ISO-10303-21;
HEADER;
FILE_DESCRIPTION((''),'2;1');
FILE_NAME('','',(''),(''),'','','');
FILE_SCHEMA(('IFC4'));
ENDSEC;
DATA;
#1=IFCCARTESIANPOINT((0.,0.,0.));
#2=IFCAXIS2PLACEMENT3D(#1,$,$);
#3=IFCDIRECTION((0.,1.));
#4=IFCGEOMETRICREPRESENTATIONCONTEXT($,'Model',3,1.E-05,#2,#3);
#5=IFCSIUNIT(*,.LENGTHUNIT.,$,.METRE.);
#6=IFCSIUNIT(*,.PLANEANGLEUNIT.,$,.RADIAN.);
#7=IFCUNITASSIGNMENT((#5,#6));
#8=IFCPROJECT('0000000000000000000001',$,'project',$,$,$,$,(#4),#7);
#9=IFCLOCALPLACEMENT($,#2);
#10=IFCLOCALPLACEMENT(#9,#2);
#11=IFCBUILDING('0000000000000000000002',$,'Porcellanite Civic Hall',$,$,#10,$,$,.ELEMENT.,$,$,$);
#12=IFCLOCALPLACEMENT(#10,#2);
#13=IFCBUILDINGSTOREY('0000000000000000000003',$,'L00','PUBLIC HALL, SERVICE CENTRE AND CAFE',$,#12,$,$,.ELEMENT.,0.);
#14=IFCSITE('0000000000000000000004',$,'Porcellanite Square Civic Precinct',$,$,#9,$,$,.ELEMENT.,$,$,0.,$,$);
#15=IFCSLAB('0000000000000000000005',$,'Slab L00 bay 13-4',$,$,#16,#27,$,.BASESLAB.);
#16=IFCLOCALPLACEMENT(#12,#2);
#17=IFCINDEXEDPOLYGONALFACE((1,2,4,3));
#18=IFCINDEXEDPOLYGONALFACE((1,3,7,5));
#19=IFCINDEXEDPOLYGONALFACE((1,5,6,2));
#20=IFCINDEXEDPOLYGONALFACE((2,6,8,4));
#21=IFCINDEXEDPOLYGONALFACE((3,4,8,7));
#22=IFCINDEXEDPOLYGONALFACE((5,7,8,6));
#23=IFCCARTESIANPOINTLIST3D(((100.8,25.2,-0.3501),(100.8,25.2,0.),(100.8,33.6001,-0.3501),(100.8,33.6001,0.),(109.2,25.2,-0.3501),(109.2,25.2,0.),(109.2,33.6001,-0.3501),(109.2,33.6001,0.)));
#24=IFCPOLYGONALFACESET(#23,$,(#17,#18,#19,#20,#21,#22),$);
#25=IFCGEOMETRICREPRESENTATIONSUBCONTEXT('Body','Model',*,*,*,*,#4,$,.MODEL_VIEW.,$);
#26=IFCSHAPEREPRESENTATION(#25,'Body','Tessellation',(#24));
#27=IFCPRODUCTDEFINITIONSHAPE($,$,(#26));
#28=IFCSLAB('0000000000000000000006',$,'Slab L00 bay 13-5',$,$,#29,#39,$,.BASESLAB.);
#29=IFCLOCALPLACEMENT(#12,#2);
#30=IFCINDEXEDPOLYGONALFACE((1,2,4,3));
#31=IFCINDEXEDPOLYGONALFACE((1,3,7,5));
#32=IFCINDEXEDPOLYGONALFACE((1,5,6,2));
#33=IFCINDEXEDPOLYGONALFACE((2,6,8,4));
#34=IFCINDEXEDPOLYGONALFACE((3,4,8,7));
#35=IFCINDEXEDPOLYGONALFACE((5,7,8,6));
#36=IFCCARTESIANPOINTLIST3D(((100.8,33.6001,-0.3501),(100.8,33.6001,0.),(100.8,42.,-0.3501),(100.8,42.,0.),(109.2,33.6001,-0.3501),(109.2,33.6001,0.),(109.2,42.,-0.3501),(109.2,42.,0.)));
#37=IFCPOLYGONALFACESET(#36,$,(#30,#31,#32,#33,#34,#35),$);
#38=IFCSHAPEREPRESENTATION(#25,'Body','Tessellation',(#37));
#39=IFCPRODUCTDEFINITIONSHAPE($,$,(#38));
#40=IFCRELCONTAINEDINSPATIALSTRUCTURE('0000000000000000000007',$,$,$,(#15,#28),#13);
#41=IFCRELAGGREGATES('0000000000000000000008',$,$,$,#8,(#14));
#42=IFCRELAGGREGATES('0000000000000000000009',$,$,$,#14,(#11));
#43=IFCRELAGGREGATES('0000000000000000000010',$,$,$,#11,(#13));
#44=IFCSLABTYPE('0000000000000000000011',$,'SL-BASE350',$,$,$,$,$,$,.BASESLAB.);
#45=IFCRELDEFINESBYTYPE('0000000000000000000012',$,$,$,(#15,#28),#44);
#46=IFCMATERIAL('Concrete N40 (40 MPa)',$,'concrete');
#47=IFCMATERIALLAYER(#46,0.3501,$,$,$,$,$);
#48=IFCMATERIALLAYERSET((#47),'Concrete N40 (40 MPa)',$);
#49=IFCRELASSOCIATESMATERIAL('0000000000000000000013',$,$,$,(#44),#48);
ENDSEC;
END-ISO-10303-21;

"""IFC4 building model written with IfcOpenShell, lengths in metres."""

from ifc_helpers import new_model, si_unit, direction, frame, origin, place, context, subcontext, project, spatial, polyline, outline, extrude, material, layer, layer_set, type_object, element, save


model = new_model("IFC4")

# Units and contexts
model_context = context("Model", 3, precision=1e-05, world=origin(), true_north=direction((0.0, 1.0)))
body_context = subcontext(model_context, "Body", "Model", "MODEL_VIEW")
ifc_project = project(units=[si_unit("LENGTHUNIT", "METRE"), si_unit("PLANEANGLEUNIT", "RADIAN")], contexts=[model_context])

# Site, building, storey
site_placement = place(None, origin())
site = spatial("IfcSite", under=ifc_project, at=site_placement, Name="Porcellanite Square Civic Precinct", CompositionType="ELEMENT", RefElevation=0.0)
building_placement = place(site_placement, origin())
building = spatial("IfcBuilding", under=site, at=building_placement, Name="Porcellanite Civic Hall", CompositionType="ELEMENT")
storey_placement = place(building_placement, origin())
storey = spatial("IfcBuildingStorey", under=building, at=storey_placement, Name="L00", Description="PUBLIC HALL, SERVICE CENTRE AND CAFE", CompositionType="ELEMENT", Elevation=0.0)

# Slabs
ifc_material = material(Name="Concrete N40 (40 MPa)", Category="concrete")
ifc_layer = layer(ifc_material, 0.3501)
ifc_layer_set = layer_set([ifc_layer], Name="Concrete N40 (40 MPa)")
slab_type = type_object("IfcSlabType", Name="SL-BASE350", PredefinedType="BASESLAB", material=ifc_layer_set)
slab_1_placement = place(storey_placement, frame((0.0, 0.0, -0.3501)))
element("IfcSlab", 1, at=slab_1_placement, inside=storey, type_object=slab_type, Name="Slab L00 bay 13-4", PredefinedType="BASESLAB", context=body_context, shape_type="SweptSolid", body=[
    extrude(outline(polyline([(100.8, 25.2), (109.2, 25.2), (109.2, 33.6001), (100.8, 33.6001), (100.8, 25.2)])), origin(), (0.0, 0.0, 1.0), 0.3501),
])
slab_2_placement = place(storey_placement, frame((0.0, 0.0, -0.3501)))
element("IfcSlab", 2, at=slab_2_placement, inside=storey, type_object=slab_type, Name="Slab L00 bay 13-5", PredefinedType="BASESLAB", context=body_context, shape_type="SweptSolid", body=[
    extrude(outline(polyline([(100.8, 33.6001), (109.2, 33.6001), (109.2, 42.0), (100.8, 42.0), (100.8, 33.6001)])), origin(), (0.0, 0.0, 1.0), 0.3501),
])

save(model, "model.ifc")
